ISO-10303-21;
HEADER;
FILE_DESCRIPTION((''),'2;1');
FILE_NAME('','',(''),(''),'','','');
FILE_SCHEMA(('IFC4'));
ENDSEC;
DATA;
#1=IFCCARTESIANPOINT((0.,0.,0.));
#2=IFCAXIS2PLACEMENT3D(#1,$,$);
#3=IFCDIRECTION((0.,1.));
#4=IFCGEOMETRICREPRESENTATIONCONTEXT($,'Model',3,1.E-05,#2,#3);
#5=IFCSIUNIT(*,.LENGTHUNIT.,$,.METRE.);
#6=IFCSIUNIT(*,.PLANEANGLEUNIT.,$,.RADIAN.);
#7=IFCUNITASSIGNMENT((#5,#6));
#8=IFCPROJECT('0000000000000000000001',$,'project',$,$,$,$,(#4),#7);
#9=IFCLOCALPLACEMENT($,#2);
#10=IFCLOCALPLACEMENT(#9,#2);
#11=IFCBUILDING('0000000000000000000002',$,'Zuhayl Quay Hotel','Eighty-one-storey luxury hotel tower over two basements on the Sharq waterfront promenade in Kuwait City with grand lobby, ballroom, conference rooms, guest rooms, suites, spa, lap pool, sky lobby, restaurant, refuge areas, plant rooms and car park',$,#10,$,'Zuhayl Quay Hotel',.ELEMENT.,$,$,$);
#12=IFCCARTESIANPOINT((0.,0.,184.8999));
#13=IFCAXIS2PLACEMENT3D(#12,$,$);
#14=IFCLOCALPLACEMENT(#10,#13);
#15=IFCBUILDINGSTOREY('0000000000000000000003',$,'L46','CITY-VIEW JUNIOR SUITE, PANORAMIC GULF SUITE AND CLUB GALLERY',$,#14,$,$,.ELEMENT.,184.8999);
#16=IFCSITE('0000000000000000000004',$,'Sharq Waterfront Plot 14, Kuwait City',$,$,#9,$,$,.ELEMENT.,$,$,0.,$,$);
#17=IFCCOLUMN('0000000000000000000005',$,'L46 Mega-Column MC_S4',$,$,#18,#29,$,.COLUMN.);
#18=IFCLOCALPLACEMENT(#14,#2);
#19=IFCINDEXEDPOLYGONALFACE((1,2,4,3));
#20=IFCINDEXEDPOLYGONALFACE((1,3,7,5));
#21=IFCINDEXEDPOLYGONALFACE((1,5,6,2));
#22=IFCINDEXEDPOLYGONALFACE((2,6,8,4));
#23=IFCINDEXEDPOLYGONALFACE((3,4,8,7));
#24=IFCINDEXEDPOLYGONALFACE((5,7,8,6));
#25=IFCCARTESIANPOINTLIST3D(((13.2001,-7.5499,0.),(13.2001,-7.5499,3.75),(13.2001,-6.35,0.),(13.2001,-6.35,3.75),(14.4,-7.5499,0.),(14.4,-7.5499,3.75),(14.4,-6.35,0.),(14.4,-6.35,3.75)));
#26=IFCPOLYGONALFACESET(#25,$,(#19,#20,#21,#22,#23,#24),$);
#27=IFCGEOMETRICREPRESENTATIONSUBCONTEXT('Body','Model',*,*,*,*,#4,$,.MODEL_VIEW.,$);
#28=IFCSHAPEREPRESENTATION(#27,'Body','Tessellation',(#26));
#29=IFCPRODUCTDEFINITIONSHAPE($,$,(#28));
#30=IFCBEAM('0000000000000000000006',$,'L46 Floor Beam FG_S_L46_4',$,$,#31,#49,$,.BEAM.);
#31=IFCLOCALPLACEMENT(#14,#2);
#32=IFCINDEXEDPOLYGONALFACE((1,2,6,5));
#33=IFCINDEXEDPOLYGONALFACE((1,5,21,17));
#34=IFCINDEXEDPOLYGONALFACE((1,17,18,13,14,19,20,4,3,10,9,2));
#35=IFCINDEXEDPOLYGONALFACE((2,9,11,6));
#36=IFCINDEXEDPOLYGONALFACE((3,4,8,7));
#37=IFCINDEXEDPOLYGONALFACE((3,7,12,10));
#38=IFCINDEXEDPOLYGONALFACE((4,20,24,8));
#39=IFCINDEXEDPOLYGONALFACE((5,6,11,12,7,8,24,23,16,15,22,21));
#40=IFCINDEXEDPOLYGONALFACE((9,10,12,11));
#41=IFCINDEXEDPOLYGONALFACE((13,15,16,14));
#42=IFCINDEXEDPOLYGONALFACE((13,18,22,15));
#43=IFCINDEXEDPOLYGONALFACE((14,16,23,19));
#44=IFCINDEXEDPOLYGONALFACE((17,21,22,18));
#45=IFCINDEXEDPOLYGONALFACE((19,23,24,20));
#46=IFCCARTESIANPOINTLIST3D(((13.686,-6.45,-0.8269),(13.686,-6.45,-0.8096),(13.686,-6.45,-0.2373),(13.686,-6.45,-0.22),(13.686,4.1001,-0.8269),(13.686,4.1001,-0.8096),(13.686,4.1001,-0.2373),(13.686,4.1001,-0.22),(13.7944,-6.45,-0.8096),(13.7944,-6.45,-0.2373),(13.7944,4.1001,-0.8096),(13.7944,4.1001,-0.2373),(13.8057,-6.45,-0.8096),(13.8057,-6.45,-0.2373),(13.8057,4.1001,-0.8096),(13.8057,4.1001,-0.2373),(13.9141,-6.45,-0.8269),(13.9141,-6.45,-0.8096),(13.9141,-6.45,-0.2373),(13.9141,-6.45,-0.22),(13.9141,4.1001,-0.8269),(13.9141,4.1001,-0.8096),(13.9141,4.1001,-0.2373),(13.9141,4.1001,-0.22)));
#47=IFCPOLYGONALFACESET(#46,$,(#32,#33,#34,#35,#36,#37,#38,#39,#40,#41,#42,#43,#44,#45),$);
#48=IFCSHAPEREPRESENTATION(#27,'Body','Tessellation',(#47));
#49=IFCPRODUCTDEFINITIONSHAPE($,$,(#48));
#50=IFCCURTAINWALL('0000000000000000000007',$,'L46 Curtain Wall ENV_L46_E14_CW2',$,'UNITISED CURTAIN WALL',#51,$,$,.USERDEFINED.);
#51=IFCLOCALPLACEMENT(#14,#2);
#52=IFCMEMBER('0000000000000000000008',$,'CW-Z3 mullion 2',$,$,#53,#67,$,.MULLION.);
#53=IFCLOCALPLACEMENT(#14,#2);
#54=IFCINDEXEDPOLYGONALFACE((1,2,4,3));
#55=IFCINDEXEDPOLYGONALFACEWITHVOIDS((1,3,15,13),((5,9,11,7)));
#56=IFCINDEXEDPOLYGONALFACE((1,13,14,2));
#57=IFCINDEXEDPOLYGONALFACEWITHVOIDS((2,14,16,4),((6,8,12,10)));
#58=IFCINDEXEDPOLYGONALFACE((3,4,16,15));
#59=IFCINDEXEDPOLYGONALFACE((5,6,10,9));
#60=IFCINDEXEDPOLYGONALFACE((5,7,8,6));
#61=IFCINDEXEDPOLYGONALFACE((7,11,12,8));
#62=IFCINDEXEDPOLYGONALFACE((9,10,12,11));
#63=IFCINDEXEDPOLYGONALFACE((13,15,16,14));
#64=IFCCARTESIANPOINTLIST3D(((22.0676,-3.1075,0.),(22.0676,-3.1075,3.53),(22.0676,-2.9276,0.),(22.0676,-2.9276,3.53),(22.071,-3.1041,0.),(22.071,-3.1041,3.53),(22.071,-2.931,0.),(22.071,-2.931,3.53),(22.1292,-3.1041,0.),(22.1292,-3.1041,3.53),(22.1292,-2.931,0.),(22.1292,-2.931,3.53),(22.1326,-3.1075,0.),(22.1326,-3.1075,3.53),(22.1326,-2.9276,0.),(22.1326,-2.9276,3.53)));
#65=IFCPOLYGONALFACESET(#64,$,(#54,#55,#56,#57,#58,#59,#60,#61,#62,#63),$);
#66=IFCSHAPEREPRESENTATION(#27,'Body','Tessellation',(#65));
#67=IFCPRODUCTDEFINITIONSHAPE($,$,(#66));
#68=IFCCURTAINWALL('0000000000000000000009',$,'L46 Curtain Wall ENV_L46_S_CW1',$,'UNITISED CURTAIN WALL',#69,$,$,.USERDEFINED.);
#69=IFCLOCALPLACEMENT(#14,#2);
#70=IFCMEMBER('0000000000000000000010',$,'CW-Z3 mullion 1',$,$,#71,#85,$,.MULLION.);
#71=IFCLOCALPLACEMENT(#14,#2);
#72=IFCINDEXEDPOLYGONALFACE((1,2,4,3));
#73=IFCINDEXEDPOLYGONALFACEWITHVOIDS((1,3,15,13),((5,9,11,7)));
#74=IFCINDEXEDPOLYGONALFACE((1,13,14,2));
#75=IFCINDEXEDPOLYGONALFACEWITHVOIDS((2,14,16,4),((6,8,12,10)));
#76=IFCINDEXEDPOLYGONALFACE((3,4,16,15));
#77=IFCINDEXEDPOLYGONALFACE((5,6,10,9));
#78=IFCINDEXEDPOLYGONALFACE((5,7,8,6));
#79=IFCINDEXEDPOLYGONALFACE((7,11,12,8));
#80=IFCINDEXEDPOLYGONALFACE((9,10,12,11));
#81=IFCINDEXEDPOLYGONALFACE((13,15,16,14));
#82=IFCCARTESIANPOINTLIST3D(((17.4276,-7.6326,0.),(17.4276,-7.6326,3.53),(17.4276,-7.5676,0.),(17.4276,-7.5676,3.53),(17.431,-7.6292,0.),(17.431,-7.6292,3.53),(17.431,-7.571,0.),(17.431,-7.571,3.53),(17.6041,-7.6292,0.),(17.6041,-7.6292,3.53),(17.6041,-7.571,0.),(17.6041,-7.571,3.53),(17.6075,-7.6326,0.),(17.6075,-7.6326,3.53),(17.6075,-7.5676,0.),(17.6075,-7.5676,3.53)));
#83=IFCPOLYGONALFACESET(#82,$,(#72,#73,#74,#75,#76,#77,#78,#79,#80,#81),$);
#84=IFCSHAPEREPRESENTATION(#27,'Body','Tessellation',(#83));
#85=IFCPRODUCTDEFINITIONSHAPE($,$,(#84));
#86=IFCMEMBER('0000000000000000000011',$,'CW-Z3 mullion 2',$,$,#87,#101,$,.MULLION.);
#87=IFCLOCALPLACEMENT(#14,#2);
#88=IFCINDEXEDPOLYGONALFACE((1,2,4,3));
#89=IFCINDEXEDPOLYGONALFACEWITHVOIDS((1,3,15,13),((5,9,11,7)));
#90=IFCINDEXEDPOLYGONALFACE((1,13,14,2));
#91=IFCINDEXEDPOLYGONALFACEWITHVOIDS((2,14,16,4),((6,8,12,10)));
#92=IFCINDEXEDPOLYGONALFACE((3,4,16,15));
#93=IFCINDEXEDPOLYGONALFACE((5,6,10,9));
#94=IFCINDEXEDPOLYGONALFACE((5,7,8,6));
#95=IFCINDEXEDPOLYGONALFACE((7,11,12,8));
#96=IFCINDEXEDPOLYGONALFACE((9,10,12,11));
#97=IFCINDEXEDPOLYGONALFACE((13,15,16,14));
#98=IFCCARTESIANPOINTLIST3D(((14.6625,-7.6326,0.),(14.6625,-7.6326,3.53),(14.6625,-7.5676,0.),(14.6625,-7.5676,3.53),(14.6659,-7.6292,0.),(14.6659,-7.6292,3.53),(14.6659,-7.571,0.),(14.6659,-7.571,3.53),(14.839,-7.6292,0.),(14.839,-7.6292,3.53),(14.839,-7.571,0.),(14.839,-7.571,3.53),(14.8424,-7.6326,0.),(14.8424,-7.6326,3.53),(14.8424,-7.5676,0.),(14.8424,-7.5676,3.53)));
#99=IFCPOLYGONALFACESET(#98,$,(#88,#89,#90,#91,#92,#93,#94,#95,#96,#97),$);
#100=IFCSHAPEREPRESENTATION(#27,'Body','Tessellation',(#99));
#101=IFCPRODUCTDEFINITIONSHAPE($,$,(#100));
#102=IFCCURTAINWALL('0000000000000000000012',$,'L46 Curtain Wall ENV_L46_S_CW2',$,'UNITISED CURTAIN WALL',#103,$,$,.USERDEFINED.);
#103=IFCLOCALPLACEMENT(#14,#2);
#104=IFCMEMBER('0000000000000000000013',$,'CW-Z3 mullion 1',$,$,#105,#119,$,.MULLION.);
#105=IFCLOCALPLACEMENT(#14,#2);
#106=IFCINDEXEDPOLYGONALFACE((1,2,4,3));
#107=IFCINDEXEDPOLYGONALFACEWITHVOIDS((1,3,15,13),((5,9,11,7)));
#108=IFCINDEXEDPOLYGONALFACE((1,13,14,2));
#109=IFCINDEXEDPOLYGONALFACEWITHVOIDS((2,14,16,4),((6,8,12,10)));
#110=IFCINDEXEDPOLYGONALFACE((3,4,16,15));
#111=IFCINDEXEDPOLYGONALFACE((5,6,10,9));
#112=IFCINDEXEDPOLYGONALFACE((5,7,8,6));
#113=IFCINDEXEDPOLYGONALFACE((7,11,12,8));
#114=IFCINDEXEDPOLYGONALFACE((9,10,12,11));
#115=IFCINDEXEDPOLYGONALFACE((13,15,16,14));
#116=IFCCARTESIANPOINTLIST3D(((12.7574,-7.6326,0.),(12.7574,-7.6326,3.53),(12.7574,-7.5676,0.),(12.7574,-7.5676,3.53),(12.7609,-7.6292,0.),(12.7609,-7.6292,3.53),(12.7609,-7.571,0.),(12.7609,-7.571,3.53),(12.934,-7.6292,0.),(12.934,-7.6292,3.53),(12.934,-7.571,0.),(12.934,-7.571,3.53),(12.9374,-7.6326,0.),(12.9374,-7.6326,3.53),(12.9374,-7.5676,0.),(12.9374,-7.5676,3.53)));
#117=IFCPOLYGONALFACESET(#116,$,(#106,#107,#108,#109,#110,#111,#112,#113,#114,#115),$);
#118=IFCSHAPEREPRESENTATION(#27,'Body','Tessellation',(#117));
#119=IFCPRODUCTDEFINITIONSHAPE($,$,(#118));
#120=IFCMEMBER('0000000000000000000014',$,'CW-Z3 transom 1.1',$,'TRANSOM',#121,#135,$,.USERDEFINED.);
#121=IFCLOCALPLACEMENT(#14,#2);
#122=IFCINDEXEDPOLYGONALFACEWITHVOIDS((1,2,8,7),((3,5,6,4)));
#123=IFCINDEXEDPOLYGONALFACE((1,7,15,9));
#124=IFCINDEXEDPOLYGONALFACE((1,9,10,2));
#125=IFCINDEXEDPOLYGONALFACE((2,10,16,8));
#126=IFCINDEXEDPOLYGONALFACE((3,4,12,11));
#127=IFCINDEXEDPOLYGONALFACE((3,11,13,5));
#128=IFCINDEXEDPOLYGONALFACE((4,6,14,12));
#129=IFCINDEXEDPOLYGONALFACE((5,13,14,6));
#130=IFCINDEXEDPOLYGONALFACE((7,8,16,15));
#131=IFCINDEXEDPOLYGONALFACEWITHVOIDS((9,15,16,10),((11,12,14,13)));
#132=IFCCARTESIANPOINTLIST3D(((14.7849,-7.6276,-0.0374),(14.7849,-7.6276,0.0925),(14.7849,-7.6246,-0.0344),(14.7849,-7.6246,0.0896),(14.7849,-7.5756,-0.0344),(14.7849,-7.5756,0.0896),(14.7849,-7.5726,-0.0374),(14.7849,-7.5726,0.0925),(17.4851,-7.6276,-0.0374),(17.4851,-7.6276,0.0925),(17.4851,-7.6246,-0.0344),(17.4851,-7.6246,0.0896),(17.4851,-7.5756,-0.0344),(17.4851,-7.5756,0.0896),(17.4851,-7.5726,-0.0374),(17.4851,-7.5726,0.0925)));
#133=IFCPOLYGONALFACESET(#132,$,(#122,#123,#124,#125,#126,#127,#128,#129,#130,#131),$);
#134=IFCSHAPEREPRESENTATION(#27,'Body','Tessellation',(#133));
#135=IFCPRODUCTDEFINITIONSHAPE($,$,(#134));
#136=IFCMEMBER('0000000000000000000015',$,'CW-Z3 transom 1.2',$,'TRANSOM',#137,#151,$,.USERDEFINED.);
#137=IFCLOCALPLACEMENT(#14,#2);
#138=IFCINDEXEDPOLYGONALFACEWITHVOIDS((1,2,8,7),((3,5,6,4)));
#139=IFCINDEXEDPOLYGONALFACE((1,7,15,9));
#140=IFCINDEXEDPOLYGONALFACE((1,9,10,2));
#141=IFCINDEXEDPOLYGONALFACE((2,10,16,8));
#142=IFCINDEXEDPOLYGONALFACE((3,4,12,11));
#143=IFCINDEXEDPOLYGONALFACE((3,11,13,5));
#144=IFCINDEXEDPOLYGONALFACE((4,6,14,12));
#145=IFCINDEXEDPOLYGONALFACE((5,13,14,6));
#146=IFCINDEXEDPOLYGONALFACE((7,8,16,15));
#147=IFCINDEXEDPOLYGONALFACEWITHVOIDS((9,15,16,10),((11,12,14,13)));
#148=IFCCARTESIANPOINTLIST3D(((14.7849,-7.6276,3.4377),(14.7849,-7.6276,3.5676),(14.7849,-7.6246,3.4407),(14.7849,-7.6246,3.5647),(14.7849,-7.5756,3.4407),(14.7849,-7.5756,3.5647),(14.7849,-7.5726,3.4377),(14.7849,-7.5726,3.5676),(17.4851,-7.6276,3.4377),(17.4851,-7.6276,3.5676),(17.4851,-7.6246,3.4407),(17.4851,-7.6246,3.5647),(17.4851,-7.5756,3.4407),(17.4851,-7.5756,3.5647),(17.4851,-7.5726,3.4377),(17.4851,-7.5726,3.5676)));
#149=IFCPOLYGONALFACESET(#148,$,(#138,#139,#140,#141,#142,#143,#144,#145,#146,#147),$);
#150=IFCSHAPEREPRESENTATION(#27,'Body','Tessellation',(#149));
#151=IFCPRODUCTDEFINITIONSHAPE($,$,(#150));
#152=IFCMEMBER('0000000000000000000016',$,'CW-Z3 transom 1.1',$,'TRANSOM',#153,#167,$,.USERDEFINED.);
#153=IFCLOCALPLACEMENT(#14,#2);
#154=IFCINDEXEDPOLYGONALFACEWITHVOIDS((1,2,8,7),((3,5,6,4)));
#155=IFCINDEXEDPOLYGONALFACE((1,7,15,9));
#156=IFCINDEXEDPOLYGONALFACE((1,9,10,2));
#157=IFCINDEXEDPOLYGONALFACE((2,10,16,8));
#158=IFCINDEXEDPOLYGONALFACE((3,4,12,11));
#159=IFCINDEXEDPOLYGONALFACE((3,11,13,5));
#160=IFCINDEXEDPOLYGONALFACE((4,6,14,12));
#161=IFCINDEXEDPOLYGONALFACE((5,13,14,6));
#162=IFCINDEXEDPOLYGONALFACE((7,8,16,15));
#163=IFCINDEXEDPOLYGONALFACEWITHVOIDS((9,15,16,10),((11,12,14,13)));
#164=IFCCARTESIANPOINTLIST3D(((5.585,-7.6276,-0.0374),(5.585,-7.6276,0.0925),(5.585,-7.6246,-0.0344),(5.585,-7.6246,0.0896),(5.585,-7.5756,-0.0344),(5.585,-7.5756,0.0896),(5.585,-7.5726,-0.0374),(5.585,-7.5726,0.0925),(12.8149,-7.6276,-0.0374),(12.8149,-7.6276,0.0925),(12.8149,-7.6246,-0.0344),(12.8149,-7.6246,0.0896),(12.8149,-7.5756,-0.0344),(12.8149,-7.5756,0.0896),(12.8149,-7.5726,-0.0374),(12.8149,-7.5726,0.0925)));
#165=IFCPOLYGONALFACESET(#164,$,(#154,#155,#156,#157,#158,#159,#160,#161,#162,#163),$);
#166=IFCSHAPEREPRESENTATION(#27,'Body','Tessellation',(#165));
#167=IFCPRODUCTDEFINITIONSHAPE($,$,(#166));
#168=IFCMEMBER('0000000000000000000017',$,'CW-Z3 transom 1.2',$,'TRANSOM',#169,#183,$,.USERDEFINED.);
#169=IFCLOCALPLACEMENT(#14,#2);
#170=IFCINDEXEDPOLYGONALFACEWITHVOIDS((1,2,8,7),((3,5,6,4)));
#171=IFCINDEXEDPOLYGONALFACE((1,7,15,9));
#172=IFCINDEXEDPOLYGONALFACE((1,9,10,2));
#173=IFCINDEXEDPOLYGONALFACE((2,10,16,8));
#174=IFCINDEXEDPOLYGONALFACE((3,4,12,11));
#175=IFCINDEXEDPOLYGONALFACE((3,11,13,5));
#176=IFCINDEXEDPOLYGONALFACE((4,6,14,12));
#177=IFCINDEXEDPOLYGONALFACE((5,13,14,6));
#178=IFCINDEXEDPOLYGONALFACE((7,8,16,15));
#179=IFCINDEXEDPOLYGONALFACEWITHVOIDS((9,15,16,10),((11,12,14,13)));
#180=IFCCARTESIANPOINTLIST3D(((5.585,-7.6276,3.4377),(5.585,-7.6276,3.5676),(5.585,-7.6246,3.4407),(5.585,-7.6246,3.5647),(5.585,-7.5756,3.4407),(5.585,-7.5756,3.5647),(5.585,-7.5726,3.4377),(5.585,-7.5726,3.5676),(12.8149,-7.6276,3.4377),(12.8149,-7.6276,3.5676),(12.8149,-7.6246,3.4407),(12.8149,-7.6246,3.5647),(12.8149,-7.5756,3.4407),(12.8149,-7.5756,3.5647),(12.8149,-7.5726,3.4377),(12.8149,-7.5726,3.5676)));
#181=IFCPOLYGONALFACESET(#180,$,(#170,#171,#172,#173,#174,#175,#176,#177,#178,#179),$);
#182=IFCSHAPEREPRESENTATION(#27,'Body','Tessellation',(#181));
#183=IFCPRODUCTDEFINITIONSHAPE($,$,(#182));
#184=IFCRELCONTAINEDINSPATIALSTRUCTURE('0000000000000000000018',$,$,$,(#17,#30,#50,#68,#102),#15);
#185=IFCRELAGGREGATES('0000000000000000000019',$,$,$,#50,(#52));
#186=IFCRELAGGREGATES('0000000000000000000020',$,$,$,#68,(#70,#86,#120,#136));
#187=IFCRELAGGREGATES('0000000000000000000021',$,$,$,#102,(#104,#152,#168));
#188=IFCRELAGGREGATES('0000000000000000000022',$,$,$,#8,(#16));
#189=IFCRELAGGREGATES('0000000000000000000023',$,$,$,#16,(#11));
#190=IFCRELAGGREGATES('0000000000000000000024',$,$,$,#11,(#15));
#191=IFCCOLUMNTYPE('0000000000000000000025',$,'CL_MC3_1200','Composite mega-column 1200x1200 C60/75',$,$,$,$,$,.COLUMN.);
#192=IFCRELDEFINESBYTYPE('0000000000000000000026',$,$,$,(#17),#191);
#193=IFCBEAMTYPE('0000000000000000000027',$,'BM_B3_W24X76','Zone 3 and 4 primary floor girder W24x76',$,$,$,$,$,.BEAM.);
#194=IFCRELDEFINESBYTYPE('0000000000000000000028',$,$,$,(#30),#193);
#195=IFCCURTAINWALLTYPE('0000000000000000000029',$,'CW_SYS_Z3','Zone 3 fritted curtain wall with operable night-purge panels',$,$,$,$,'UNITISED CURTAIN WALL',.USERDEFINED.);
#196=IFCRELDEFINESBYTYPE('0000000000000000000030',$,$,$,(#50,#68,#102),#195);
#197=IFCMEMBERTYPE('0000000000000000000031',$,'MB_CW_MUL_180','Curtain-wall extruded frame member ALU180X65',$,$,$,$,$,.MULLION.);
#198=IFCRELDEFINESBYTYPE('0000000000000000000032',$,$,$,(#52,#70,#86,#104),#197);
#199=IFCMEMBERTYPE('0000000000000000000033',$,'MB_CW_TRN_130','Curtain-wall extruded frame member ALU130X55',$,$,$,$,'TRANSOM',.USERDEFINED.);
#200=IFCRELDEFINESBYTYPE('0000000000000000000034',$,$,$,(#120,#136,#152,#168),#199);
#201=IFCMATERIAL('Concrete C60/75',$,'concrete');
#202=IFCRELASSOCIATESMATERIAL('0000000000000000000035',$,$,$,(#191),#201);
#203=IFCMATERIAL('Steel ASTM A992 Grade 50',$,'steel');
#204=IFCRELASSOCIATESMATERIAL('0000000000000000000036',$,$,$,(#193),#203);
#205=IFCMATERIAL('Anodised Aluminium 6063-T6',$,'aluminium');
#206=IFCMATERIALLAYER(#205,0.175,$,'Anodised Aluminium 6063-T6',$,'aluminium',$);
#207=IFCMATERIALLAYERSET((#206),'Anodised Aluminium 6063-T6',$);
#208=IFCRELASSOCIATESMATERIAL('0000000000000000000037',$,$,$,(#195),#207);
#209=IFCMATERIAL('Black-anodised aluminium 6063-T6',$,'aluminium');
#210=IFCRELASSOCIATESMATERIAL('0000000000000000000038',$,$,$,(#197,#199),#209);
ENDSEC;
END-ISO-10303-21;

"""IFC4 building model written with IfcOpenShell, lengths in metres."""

from ifc_helpers import new_model, si_unit, direction, frame, origin, origin_2d, place, context, subcontext, project, spatial, rectangle, hollow_rectangle, i_section, extrude, material, layer, layer_set, material_profile, profile_set, type_object, element, aggregate, save


model = new_model("IFC4")

# Units and contexts
model_context = context("Model", 3, precision=1e-05, world=origin(), true_north=direction((0.0, 1.0)))
body_context = subcontext(model_context, "Body", "Model", "MODEL_VIEW")
ifc_project = project(units=[si_unit("LENGTHUNIT", "METRE"), si_unit("PLANEANGLEUNIT", "RADIAN")], contexts=[model_context])

# Site, building, storey
site_placement = place(None, origin())
site = spatial("IfcSite", under=ifc_project, at=site_placement, Name="Sharq Waterfront Plot 14, Kuwait City", CompositionType="ELEMENT", RefElevation=0.0)
building_placement = place(site_placement, origin())
building = spatial("IfcBuilding", under=site, at=building_placement, Name="Zuhayl Quay Hotel", Description="Eighty-one-storey luxury hotel tower over two basements on the Sharq waterfront promenade in Kuwait City with grand lobby, ballroom, conference rooms, guest rooms, suites, spa, lap pool, sky lobby, restaurant, refuge areas, plant rooms and car park", LongName="Zuhayl Quay Hotel", CompositionType="ELEMENT")
storey_placement = place(building_placement, frame((0.0, 0.0, 184.8999)))
storey = spatial("IfcBuildingStorey", under=building, at=storey_placement, Name="L46", Description="CITY-VIEW JUNIOR SUITE, PANORAMIC GULF SUITE AND CLUB GALLERY", CompositionType="ELEMENT", Elevation=184.8999)

# Column
ifc_material_1 = material(Name="Concrete C60/75", Category="concrete")
ifc_material_profile_1 = material_profile(ifc_material_1, rectangle(XDim=1.2, YDim=1.2, at=origin_2d()), Name="RC1200X1200")
ifc_profile_set_1 = profile_set([ifc_material_profile_1], Name="Concrete C60/75")
column_type = type_object("IfcColumnType", Name="CL_MC3_1200", Description="Composite mega-column 1200x1200 C60/75", PredefinedType="COLUMN", material=ifc_profile_set_1)
column_placement = place(storey_placement, frame((13.8, -6.95, 0.0), z_axis=(0.0, 0.0, 1.0), x_axis=(1.0, 0.0, 0.0)))
element("IfcColumn", 1, at=column_placement, inside=storey, type_object=column_type, Name="L46 Mega-Column MC_S4", PredefinedType="COLUMN", context=body_context, shape_type="SweptSolid", body=[
    extrude(rectangle(XDim=1.2, YDim=1.2, at=origin_2d()), origin(), (0.0, 0.0, 1.0), 3.75),
])

# Beam
ifc_material_2 = material(Name="Steel ASTM A992 Grade 50", Category="steel")
ifc_material_profile_2 = material_profile(ifc_material_2, i_section(OverallWidth=0.228, OverallDepth=0.6069, WebThickness=0.0112, FlangeThickness=0.0173, at=origin_2d()), Name="W24X76")
ifc_profile_set_2 = profile_set([ifc_material_profile_2], Name="Steel ASTM A992 Grade 50")
beam_type = type_object("IfcBeamType", Name="BM_B3_W24X76", Description="Zone 3 and 4 primary floor girder W24x76", PredefinedType="BEAM", material=ifc_profile_set_2)
beam_placement = place(storey_placement, frame((13.8, -6.45, -0.5234), z_axis=(0.0, 1.0, 0.0), x_axis=(-1.0, 0.0, 0.0)))
element("IfcBeam", 2, at=beam_placement, inside=storey, type_object=beam_type, Name="L46 Floor Beam FG_S_L46_4", PredefinedType="BEAM", context=body_context, shape_type="SweptSolid", body=[
    extrude(i_section(OverallWidth=0.228, OverallDepth=0.6069, WebThickness=0.0112, FlangeThickness=0.0173, at=origin_2d()), origin(), (0.0, 0.0, 1.0), 10.55),
])

# Curtain wall, member
ifc_material_3 = material(Name="Anodised Aluminium 6063-T6", Category="aluminium")
ifc_layer_1 = layer(ifc_material_3, 0.175, Name="Anodised Aluminium 6063-T6", Category="aluminium")
ifc_layer_set_1 = layer_set([ifc_layer_1], Name="Anodised Aluminium 6063-T6")
curtain_wall_type = type_object("IfcCurtainWallType", Name="CW_SYS_Z3", Description="Zone 3 fritted curtain wall with operable night-purge panels", ElementType="UNITISED CURTAIN WALL", PredefinedType="USERDEFINED", material=ifc_layer_set_1)
curtain_wall_1_placement = place(storey_placement, origin())
curtain_wall_1 = element("IfcCurtainWall", 3, at=curtain_wall_1_placement, inside=storey, type_object=curtain_wall_type, Name="L46 Curtain Wall ENV_L46_E14_CW2", ObjectType="UNITISED CURTAIN WALL", PredefinedType="USERDEFINED")
ifc_material_4 = material(Name="Black-anodised aluminium 6063-T6", Category="aluminium")
ifc_material_profile_3 = material_profile(ifc_material_4, hollow_rectangle(XDim=0.0649, YDim=0.1799, WallThickness=0.0034, at=origin_2d()), Name="ALU180X65")
ifc_profile_set_3 = profile_set([ifc_material_profile_3], Name="Black-anodised aluminium 6063-T6")
member_type_1 = type_object("IfcMemberType", Name="MB_CW_MUL_180", Description="Curtain-wall extruded frame member ALU180X65", PredefinedType="MULLION", material=ifc_profile_set_3)
member_1_placement = place(storey_placement, frame((22.1001, -3.0176, 0.0), z_axis=(0.0, 0.0, 1.0), x_axis=(1.0, 0.0, 0.0)))
member_1 = element("IfcMember", 4, at=member_1_placement, type_object=member_type_1, Name="CW-Z3 mullion 2", PredefinedType="MULLION", context=body_context, shape_type="SweptSolid", body=[
    extrude(hollow_rectangle(XDim=0.0649, YDim=0.1799, WallThickness=0.0034, at=origin_2d()), origin(), (0.0, 0.0, 1.0), 3.53),
])

# Curtain wall, members
curtain_wall_2_placement = place(storey_placement, origin())
curtain_wall_2 = element("IfcCurtainWall", 5, at=curtain_wall_2_placement, inside=storey, type_object=curtain_wall_type, Name="L46 Curtain Wall ENV_L46_S_CW1", ObjectType="UNITISED CURTAIN WALL", PredefinedType="USERDEFINED")
member_2_placement = place(storey_placement, frame((17.5176, -7.6001, 0.0), z_axis=(0.0, 0.0, 1.0), x_axis=(0.0, -1.0, 0.0)))
member_2 = element("IfcMember", 6, at=member_2_placement, type_object=member_type_1, Name="CW-Z3 mullion 1", PredefinedType="MULLION", context=body_context, shape_type="SweptSolid", body=[
    extrude(hollow_rectangle(XDim=0.0649, YDim=0.1799, WallThickness=0.0034, at=origin_2d()), origin(), (0.0, 0.0, 1.0), 3.53),
])
member_3_placement = place(storey_placement, frame((14.7524, -7.6001, 0.0), z_axis=(0.0, 0.0, 1.0), x_axis=(0.0, -1.0, 0.0)))
member_3 = element("IfcMember", 7, at=member_3_placement, type_object=member_type_1, Name="CW-Z3 mullion 2", PredefinedType="MULLION", context=body_context, shape_type="SweptSolid", body=[
    extrude(hollow_rectangle(XDim=0.0649, YDim=0.1799, WallThickness=0.0034, at=origin_2d()), origin(), (0.0, 0.0, 1.0), 3.53),
])

# Curtain wall, member
curtain_wall_3_placement = place(storey_placement, origin())
curtain_wall_3 = element("IfcCurtainWall", 8, at=curtain_wall_3_placement, inside=storey, type_object=curtain_wall_type, Name="L46 Curtain Wall ENV_L46_S_CW2", ObjectType="UNITISED CURTAIN WALL", PredefinedType="USERDEFINED")
member_4_placement = place(storey_placement, frame((12.8474, -7.6001, 0.0), z_axis=(0.0, 0.0, 1.0), x_axis=(0.0, -1.0, 0.0)))
member_4 = element("IfcMember", 9, at=member_4_placement, type_object=member_type_1, Name="CW-Z3 mullion 1", PredefinedType="MULLION", context=body_context, shape_type="SweptSolid", body=[
    extrude(hollow_rectangle(XDim=0.0649, YDim=0.1799, WallThickness=0.0034, at=origin_2d()), origin(), (0.0, 0.0, 1.0), 3.53),
])

# Members
ifc_material_profile_4 = material_profile(ifc_material_4, hollow_rectangle(XDim=0.0549, YDim=0.1299, WallThickness=0.0029, at=origin_2d()), Name="ALU130X55")
ifc_profile_set_4 = profile_set([ifc_material_profile_4], Name="Black-anodised aluminium 6063-T6")
member_type_2 = type_object("IfcMemberType", Name="MB_CW_TRN_130", Description="Curtain-wall extruded frame member ALU130X55", ElementType="TRANSOM", PredefinedType="USERDEFINED", material=ifc_profile_set_4)
member_5_placement = place(storey_placement, frame((17.4851, -7.6001, 0.0276), z_axis=(-1.0, 0.0, 0.0), x_axis=(0.0, -1.0, 0.0)))
member_5 = element("IfcMember", 10, at=member_5_placement, type_object=member_type_2, Name="CW-Z3 transom 1.1", ObjectType="TRANSOM", PredefinedType="USERDEFINED", context=body_context, shape_type="SweptSolid", body=[
    extrude(hollow_rectangle(XDim=0.0549, YDim=0.1299, WallThickness=0.0029, at=origin_2d()), origin(), (0.0, 0.0, 1.0), 2.7002),
])
member_6_placement = place(storey_placement, frame((17.4851, -7.6001, 3.5027), z_axis=(-1.0, 0.0, 0.0), x_axis=(0.0, -1.0, 0.0)))
member_6 = element("IfcMember", 11, at=member_6_placement, type_object=member_type_2, Name="CW-Z3 transom 1.2", ObjectType="TRANSOM", PredefinedType="USERDEFINED", context=body_context, shape_type="SweptSolid", body=[
    extrude(hollow_rectangle(XDim=0.0549, YDim=0.1299, WallThickness=0.0029, at=origin_2d()), origin(), (0.0, 0.0, 1.0), 2.7002),
])
member_7_placement = place(storey_placement, frame((12.8149, -7.6001, 0.0276), z_axis=(-1.0, 0.0, 0.0), x_axis=(0.0, -1.0, 0.0)))
member_7 = element("IfcMember", 12, at=member_7_placement, type_object=member_type_2, Name="CW-Z3 transom 1.1", ObjectType="TRANSOM", PredefinedType="USERDEFINED", context=body_context, shape_type="SweptSolid", body=[
    extrude(hollow_rectangle(XDim=0.0549, YDim=0.1299, WallThickness=0.0029, at=origin_2d()), origin(), (0.0, 0.0, 1.0), 7.23),
])
member_8_placement = place(storey_placement, frame((12.8149, -7.6001, 3.5027), z_axis=(-1.0, 0.0, 0.0), x_axis=(0.0, -1.0, 0.0)))
member_8 = element("IfcMember", 13, at=member_8_placement, type_object=member_type_2, Name="CW-Z3 transom 1.2", ObjectType="TRANSOM", PredefinedType="USERDEFINED", context=body_context, shape_type="SweptSolid", body=[
    extrude(hollow_rectangle(XDim=0.0549, YDim=0.1299, WallThickness=0.0029, at=origin_2d()), origin(), (0.0, 0.0, 1.0), 7.23),
])

aggregate(curtain_wall_1, [member_1])
aggregate(curtain_wall_2, [member_2, member_3, member_5, member_6])
aggregate(curtain_wall_3, [member_4, member_7, member_8])

save(model, "model.ifc")
